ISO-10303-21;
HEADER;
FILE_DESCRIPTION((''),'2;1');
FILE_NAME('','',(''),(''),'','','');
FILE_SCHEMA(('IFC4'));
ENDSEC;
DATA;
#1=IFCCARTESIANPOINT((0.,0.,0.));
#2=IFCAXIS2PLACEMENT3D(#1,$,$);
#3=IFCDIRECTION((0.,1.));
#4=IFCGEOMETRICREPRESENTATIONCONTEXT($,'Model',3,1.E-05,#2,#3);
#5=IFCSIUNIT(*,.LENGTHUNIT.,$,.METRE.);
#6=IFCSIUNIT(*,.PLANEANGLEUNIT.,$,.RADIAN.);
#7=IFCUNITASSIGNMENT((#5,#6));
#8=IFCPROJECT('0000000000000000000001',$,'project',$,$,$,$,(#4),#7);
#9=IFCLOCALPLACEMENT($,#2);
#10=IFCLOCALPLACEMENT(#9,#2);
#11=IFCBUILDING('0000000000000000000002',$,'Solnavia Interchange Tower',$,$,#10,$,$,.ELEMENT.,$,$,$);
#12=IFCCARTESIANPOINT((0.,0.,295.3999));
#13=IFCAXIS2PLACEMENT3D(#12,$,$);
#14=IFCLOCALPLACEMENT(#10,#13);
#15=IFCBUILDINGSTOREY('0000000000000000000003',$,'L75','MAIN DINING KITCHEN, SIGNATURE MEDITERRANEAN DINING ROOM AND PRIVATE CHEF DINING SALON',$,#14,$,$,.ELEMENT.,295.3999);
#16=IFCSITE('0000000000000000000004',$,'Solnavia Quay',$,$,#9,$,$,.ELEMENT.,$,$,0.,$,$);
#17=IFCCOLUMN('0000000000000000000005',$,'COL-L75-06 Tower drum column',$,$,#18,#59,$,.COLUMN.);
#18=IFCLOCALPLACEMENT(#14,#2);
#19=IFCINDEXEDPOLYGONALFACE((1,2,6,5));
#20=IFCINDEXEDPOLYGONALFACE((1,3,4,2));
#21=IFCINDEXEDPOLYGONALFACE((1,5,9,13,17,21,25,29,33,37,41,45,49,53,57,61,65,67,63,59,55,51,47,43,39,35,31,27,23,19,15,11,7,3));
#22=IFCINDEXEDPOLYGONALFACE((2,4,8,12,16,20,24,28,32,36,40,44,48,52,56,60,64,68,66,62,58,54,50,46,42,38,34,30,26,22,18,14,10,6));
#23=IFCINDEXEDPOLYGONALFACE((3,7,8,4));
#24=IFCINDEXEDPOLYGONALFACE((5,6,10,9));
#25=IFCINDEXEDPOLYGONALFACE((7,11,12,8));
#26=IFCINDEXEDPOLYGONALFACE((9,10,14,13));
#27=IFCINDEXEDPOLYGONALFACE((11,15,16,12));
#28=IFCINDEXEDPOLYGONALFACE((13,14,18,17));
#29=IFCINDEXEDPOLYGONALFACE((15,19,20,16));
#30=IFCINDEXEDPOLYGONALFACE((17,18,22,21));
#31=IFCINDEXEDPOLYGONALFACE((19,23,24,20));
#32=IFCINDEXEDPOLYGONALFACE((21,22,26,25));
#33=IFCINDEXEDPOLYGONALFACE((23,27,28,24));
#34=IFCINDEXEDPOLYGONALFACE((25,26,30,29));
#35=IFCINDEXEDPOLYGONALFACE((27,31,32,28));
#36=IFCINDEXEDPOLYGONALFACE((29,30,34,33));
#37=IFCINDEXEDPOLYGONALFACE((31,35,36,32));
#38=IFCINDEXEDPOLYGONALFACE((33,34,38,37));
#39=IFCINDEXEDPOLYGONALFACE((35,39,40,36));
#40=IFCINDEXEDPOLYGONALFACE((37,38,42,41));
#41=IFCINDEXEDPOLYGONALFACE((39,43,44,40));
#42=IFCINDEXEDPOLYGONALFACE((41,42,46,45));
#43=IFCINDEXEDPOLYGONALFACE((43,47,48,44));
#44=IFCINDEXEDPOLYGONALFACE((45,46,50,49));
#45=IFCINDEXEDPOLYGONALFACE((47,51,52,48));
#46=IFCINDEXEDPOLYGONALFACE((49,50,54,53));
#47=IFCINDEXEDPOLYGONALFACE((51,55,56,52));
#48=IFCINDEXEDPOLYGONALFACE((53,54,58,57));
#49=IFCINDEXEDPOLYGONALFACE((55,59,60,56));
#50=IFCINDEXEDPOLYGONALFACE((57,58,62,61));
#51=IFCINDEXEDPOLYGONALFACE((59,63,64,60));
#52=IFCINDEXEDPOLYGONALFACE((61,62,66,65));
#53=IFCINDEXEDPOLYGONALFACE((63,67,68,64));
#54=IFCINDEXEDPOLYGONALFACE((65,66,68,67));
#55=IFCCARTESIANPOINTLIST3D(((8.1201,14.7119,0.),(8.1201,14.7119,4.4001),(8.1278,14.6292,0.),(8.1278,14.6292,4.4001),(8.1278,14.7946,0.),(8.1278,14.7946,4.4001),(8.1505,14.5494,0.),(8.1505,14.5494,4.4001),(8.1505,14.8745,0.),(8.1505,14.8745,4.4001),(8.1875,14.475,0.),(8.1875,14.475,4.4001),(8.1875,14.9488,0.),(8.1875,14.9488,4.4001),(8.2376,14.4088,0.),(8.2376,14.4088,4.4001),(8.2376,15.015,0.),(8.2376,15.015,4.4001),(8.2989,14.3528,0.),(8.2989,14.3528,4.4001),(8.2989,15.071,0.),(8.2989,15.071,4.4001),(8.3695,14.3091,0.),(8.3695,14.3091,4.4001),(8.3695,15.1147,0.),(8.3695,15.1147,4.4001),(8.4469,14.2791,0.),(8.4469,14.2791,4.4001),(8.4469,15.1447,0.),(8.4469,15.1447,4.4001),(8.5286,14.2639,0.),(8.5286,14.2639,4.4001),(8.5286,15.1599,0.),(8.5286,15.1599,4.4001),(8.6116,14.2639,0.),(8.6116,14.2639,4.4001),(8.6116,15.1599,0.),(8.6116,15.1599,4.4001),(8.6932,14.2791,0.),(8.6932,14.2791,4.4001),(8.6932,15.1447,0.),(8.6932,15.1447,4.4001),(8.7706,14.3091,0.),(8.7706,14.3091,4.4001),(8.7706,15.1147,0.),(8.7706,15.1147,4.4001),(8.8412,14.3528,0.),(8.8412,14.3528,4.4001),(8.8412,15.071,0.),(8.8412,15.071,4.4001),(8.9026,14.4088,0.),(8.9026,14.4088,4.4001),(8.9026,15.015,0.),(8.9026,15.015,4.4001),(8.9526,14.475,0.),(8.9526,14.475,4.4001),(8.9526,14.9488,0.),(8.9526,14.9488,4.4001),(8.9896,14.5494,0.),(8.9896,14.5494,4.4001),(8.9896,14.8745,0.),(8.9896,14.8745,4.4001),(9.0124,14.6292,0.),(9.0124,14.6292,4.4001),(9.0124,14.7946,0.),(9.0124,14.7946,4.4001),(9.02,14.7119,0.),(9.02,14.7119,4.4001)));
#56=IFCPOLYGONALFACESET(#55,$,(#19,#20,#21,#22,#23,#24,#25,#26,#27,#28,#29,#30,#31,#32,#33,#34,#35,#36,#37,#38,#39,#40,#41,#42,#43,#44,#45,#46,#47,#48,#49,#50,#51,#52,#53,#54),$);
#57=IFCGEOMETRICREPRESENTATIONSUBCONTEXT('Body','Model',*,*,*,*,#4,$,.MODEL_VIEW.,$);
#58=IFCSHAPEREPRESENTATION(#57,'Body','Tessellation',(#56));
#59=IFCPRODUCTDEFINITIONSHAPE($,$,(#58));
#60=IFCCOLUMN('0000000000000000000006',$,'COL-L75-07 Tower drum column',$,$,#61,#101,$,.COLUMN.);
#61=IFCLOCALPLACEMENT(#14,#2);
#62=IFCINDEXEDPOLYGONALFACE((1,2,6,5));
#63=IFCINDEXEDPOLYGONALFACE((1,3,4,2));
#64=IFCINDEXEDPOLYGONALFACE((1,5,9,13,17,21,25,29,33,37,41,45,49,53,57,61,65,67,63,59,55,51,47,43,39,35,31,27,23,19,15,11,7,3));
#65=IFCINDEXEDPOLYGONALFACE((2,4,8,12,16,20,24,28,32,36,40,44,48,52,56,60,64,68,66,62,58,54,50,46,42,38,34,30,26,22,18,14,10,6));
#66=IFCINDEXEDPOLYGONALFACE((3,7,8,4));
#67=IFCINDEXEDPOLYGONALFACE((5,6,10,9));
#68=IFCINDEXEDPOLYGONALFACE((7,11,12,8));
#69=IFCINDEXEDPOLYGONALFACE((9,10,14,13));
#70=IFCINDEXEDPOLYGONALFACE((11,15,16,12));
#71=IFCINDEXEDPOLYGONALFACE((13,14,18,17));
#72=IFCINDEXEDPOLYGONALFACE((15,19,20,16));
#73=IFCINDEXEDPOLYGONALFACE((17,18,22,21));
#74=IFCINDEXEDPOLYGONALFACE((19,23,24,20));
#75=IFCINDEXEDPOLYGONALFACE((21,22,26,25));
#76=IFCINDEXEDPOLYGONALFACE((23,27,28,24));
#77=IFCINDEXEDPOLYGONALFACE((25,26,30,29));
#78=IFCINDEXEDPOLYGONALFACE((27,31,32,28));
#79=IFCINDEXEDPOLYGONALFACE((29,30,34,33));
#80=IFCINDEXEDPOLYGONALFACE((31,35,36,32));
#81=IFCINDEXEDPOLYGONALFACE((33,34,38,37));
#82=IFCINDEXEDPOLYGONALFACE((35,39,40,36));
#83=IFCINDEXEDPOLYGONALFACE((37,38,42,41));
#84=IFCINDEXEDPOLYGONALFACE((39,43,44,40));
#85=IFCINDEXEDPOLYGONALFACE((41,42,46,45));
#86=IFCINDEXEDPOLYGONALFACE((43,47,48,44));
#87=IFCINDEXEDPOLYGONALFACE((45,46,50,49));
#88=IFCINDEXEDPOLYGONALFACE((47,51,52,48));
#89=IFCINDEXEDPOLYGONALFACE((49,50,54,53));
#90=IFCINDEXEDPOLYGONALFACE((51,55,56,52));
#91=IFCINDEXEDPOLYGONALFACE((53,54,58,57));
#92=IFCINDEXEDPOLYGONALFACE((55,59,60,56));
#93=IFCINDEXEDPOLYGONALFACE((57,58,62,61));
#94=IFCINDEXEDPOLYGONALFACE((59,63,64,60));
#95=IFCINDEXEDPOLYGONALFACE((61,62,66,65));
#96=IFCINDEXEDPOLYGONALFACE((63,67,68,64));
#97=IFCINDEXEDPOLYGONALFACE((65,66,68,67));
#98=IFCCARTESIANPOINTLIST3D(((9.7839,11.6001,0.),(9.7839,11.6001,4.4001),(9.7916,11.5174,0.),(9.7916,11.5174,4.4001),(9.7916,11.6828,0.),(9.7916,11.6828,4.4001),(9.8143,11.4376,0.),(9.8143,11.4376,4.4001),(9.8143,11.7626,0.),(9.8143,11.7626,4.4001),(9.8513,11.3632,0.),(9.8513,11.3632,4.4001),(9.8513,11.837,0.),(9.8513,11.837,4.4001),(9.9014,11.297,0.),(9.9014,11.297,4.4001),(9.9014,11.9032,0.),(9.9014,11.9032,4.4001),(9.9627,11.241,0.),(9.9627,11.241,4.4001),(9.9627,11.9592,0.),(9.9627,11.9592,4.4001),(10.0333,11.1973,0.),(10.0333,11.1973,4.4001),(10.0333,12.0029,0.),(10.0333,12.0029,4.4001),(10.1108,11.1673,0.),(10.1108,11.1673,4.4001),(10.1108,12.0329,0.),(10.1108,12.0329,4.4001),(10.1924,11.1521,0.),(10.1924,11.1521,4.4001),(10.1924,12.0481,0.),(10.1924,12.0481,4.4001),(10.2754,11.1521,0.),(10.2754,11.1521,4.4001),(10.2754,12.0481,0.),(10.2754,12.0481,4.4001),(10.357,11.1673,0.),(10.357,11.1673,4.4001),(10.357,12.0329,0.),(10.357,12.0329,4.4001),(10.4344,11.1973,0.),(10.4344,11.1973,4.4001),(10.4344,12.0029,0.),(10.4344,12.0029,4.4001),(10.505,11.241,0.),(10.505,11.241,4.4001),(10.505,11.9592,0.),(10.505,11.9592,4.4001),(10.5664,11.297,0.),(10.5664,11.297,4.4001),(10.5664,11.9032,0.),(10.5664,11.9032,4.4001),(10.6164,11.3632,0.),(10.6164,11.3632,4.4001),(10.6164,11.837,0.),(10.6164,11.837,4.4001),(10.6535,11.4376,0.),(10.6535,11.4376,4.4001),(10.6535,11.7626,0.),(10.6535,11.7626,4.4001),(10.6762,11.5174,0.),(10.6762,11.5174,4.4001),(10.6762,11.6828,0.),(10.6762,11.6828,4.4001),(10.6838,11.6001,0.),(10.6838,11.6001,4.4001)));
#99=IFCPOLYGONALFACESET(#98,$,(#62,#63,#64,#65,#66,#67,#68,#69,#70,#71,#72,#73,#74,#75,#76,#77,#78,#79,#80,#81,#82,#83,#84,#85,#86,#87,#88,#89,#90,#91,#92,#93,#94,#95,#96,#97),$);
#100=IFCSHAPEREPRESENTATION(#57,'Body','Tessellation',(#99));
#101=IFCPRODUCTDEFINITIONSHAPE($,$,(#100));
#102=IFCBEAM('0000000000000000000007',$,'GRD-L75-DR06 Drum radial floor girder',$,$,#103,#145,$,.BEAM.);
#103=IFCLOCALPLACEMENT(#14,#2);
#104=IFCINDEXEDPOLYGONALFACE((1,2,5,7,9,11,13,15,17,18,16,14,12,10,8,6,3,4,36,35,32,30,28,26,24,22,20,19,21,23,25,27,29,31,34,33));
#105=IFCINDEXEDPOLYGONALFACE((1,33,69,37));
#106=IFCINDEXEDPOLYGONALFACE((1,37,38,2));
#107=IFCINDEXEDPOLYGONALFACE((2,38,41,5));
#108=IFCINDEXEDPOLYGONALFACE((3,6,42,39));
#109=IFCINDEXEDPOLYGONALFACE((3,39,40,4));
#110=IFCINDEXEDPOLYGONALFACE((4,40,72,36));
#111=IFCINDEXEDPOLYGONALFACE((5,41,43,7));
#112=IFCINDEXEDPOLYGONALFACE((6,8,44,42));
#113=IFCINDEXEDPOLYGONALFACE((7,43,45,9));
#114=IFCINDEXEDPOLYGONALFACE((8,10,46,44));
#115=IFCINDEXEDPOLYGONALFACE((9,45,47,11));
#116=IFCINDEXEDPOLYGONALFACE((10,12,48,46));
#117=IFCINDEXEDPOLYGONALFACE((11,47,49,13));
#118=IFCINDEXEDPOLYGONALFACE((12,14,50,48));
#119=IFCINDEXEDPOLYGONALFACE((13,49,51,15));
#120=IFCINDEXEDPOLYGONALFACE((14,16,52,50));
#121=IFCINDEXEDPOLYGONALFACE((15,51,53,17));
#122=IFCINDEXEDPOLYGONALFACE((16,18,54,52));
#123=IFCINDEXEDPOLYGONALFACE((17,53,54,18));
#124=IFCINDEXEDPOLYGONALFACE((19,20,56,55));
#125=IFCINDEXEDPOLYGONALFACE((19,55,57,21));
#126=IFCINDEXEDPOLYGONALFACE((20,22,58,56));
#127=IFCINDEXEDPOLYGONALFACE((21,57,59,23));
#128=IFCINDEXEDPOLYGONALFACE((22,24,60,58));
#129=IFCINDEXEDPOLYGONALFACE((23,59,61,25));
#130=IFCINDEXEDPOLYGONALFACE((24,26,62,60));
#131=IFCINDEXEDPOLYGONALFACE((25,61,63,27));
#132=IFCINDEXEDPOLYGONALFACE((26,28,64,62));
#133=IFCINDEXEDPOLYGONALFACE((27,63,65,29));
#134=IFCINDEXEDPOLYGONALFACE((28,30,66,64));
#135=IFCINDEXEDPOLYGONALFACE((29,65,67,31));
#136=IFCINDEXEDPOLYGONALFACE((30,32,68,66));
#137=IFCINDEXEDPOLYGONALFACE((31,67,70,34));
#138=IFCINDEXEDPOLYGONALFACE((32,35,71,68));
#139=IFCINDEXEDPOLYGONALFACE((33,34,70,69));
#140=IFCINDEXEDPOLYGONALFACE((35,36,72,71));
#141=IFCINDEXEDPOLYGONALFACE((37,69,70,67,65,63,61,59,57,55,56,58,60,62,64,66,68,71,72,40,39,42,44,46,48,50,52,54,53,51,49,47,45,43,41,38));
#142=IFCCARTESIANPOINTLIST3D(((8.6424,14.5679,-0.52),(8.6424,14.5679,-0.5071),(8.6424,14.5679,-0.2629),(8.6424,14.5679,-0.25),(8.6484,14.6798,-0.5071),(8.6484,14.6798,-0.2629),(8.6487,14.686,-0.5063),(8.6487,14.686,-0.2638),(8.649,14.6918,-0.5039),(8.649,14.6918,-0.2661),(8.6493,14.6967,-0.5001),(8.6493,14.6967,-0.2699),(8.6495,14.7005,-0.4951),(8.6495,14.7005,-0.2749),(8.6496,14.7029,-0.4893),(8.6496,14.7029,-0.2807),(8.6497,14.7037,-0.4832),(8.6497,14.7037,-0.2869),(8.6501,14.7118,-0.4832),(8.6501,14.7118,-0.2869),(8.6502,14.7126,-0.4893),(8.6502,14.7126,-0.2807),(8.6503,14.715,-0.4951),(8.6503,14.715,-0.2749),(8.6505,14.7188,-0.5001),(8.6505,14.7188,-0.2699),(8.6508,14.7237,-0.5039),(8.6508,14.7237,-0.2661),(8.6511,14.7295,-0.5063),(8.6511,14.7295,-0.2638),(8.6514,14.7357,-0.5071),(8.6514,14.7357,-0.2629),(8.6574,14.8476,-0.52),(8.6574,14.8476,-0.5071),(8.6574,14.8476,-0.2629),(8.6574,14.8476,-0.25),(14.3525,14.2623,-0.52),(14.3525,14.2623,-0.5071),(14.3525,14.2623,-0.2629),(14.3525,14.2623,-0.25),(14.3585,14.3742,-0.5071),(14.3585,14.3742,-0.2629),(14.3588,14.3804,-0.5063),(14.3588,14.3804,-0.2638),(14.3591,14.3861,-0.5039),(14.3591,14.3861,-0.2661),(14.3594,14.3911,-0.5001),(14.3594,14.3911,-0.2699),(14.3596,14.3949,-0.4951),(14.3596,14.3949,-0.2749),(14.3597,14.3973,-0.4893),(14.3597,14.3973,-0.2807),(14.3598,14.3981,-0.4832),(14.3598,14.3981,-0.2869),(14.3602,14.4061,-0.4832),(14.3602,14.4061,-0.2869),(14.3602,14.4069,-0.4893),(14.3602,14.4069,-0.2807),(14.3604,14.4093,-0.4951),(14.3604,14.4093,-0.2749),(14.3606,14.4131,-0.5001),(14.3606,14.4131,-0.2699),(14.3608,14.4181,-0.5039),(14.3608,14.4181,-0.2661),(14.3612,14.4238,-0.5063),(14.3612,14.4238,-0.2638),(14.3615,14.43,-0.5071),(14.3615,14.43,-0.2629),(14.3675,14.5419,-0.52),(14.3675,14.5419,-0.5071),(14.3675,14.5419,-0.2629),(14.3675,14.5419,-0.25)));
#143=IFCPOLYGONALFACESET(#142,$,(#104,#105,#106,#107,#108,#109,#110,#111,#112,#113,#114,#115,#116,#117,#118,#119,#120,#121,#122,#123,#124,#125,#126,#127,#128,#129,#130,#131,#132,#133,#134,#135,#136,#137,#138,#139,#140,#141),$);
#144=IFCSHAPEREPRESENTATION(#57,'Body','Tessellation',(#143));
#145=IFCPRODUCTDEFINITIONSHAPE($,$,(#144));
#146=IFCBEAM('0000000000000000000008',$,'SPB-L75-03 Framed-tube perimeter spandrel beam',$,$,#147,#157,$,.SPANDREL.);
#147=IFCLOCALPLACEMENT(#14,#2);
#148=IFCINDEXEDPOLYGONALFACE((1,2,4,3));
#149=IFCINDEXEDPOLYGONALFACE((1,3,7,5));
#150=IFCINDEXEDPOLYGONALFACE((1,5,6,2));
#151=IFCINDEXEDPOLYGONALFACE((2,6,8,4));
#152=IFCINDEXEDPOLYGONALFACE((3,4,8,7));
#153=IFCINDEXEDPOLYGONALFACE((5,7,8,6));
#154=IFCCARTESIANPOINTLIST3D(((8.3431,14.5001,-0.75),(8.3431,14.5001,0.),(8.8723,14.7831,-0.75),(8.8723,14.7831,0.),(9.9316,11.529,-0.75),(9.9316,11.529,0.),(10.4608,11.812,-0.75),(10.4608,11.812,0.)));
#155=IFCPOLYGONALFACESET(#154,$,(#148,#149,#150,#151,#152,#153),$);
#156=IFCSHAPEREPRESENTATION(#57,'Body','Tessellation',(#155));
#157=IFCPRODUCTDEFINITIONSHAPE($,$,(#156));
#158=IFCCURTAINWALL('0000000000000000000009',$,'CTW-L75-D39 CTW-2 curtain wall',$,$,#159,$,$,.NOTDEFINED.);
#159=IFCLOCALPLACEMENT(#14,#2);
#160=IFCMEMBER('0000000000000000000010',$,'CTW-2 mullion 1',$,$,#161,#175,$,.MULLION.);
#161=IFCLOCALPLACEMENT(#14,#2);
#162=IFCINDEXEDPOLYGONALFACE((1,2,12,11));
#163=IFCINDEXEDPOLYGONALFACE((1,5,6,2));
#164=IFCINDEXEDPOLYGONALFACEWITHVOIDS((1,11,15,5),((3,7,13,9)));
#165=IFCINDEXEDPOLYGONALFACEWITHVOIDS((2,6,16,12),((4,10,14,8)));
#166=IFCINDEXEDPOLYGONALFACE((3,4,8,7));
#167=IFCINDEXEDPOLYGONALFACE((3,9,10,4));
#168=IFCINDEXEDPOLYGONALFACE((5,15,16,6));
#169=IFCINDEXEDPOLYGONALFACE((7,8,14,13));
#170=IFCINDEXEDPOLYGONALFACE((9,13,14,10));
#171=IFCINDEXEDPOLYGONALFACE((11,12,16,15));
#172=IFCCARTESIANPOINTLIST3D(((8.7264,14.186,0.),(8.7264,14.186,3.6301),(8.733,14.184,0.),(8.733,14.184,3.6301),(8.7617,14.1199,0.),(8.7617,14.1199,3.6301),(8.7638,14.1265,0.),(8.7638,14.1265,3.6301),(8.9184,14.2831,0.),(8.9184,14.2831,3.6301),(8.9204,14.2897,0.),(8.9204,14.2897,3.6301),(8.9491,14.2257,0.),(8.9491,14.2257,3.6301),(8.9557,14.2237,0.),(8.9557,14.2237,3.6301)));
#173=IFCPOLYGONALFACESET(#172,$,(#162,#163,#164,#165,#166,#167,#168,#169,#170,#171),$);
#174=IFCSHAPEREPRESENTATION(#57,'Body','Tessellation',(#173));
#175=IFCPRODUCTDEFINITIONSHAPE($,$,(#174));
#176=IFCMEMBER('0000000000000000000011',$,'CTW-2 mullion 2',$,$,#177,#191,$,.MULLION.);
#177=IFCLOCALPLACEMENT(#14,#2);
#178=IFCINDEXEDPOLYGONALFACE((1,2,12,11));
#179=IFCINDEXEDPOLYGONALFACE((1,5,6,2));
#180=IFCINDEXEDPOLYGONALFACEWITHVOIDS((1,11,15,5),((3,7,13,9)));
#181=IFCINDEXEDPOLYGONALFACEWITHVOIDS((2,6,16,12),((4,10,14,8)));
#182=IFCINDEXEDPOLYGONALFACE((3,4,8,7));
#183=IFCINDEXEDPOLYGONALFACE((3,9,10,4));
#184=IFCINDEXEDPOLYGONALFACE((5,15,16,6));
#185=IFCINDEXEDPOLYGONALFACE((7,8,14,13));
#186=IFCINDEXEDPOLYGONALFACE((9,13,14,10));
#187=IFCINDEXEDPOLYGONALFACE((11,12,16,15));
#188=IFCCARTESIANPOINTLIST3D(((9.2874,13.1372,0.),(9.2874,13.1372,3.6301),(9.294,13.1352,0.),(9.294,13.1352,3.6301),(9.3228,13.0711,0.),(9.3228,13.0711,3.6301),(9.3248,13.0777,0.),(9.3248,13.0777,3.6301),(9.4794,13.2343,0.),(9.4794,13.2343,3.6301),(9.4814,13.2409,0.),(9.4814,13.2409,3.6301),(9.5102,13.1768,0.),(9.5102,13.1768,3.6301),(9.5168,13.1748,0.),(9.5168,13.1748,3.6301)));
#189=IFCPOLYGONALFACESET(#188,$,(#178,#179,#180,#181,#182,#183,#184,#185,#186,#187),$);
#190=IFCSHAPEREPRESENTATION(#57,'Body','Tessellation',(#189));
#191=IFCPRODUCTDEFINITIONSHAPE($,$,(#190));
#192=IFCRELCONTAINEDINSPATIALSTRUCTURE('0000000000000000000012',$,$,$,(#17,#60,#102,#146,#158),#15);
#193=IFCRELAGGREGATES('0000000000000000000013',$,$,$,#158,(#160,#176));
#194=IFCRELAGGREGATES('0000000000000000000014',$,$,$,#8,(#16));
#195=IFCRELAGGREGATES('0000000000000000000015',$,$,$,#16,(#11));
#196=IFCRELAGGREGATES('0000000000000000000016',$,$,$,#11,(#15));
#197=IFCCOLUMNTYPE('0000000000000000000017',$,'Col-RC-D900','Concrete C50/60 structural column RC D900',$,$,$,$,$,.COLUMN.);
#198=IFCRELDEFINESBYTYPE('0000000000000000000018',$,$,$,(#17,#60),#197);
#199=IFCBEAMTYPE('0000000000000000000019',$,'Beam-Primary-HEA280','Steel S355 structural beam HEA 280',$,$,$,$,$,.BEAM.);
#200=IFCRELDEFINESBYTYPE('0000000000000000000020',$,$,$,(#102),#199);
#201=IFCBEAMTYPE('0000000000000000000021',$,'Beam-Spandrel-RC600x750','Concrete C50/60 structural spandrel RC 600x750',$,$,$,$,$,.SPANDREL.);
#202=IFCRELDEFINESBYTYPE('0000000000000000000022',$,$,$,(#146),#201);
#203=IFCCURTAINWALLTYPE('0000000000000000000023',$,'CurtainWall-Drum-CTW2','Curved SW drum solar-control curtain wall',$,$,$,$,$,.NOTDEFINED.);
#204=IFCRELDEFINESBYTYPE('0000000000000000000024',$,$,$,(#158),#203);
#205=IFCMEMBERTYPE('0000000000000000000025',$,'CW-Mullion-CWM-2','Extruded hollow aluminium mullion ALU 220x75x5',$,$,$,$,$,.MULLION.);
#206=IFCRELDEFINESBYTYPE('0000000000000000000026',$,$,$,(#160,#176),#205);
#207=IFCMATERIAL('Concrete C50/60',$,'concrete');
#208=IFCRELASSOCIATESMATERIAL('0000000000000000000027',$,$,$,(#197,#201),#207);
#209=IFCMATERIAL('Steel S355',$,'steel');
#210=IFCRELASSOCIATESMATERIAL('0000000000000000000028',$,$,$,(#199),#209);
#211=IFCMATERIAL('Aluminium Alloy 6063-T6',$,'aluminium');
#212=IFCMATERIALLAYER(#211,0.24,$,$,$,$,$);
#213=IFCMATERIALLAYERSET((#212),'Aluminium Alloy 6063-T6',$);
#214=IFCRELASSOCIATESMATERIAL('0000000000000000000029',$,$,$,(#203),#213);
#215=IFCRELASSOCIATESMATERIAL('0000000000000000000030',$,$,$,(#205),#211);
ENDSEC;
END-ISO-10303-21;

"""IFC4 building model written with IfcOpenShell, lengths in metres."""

from ifc_helpers import new_model, si_unit, direction, frame, origin, origin_2d, place, context, subcontext, project, spatial, rectangle, hollow_rectangle, circle, i_section, extrude, material, layer, layer_set, material_profile, profile_set, type_object, element, aggregate, save


model = new_model("IFC4")

# Units and contexts
model_context = context("Model", 3, precision=1e-05, world=origin(), true_north=direction((0.0, 1.0)))
body_context = subcontext(model_context, "Body", "Model", "MODEL_VIEW")
ifc_project = project(units=[si_unit("LENGTHUNIT", "METRE"), si_unit("PLANEANGLEUNIT", "RADIAN")], contexts=[model_context])

# Site, building, storey
site_placement = place(None, origin())
site = spatial("IfcSite", under=ifc_project, at=site_placement, Name="Solnavia Quay", CompositionType="ELEMENT", RefElevation=0.0)
building_placement = place(site_placement, origin())
building = spatial("IfcBuilding", under=site, at=building_placement, Name="Solnavia Interchange Tower", CompositionType="ELEMENT")
storey_placement = place(building_placement, frame((0.0, 0.0, 295.3999)))
storey = spatial("IfcBuildingStorey", under=building, at=storey_placement, Name="L75", Description="MAIN DINING KITCHEN, SIGNATURE MEDITERRANEAN DINING ROOM AND PRIVATE CHEF DINING SALON", CompositionType="ELEMENT", Elevation=295.3999)

# Columns
ifc_material_1 = material(Name="Concrete C50/60", Category="concrete")
ifc_material_profile_1 = material_profile(ifc_material_1, circle(Radius=0.45, at=origin_2d()), Name="RC D900")
ifc_profile_set_1 = profile_set([ifc_material_profile_1], Name="Concrete C50/60")
column_type = type_object("IfcColumnType", Name="Col-RC-D900", Description="Concrete C50/60 structural column RC D900", PredefinedType="COLUMN", material=ifc_profile_set_1)
for number, where, z_axis, x_axis, name in (
    (1, (8.5701, 14.7119, 0.0), (0.0, 0.0, 1.0), (1.0, 0.0, 0.0), "COL-L75-06 Tower drum column"),
    (2, (10.2339, 11.6001, 0.0), (0.0, 0.0, 1.0), (1.0, 0.0, 0.0), "COL-L75-07 Tower drum column"),
):
    element("IfcColumn", number, at=place(storey_placement, frame(where, z_axis=z_axis, x_axis=x_axis)), inside=storey, type_object=column_type, Name=name, PredefinedType="COLUMN", context=body_context, shape_type="SweptSolid", body=[
        extrude(circle(Radius=0.45, at=origin_2d()), origin(), (0.0, 0.0, 1.0), 4.4001),
    ])

# Beams
ifc_material_2 = material(Name="Steel S355", Category="steel")
ifc_material_profile_2 = material_profile(ifc_material_2, i_section(OverallWidth=0.28, OverallDepth=0.27, WebThickness=0.0081, FlangeThickness=0.0129, FilletRadius=0.0239, at=origin_2d()), Name="HEA 280")
ifc_profile_set_2 = profile_set([ifc_material_profile_2], Name="Steel S355")
beam_type_1 = type_object("IfcBeamType", Name="Beam-Primary-HEA280", Description="Steel S355 structural beam HEA 280", PredefinedType="BEAM", material=ifc_profile_set_2)
beam_1_placement = place(storey_placement, frame((8.6499, 14.7078, -0.385), z_axis=(0.99857, -0.053453, 0.0), x_axis=(0.053453, 0.99857, 0.0)))
element("IfcBeam", 3, at=beam_1_placement, inside=storey, type_object=beam_type_1, Name="GRD-L75-DR06 Drum radial floor girder", PredefinedType="BEAM", context=body_context, shape_type="SweptSolid", body=[
    extrude(i_section(OverallWidth=0.28, OverallDepth=0.27, WebThickness=0.0081, FlangeThickness=0.0129, FilletRadius=0.0239, at=origin_2d()), origin(), (0.0, 0.0, 1.0), 5.7183),
])
ifc_material_profile_3 = material_profile(ifc_material_1, rectangle(XDim=0.6001, YDim=0.75, at=origin_2d()), Name="RC 600x750")
ifc_profile_set_3 = profile_set([ifc_material_profile_3], Name="Concrete C50/60")
beam_type_2 = type_object("IfcBeamType", Name="Beam-Spandrel-RC600x750", Description="Concrete C50/60 structural spandrel RC 600x750", PredefinedType="SPANDREL", material=ifc_profile_set_3)
beam_2_placement = place(storey_placement, frame((8.6077, 14.6416, -0.375), z_axis=(0.471509, -0.881861, 0.0), x_axis=(0.881861, 0.471509, 0.0)))
element("IfcBeam", 4, at=beam_2_placement, inside=storey, type_object=beam_type_2, Name="SPB-L75-03 Framed-tube perimeter spandrel beam", PredefinedType="SPANDREL", context=body_context, shape_type="SweptSolid", body=[
    extrude(rectangle(XDim=0.6001, YDim=0.75, at=origin_2d()), origin(), (0.0, 0.0, 1.0), 3.3691),
])

# Curtain wall, members
ifc_material_3 = material(Name="Aluminium Alloy 6063-T6", Category="aluminium")
ifc_layer_1 = layer(ifc_material_3, 0.24)
ifc_layer_set_1 = layer_set([ifc_layer_1], Name="Aluminium Alloy 6063-T6")
curtain_wall_type_1 = type_object("IfcCurtainWallType", Name="CurtainWall-Drum-CTW2", Description="Curved SW drum solar-control curtain wall", PredefinedType="NOTDEFINED", material=ifc_layer_set_1)
curtain_wall_1_placement = place(storey_placement, origin())
curtain_wall_1 = element("IfcCurtainWall", 5, at=curtain_wall_1_placement, inside=storey, type_object=curtain_wall_type_1, Name="CTW-L75-D39 CTW-2 curtain wall", PredefinedType="NOTDEFINED")
ifc_material_profile_4 = material_profile(ifc_material_3, hollow_rectangle(XDim=0.075, YDim=0.22, WallThickness=0.0049, at=origin_2d()), Name="ALU 220x75x5")
ifc_profile_set_4 = profile_set([ifc_material_profile_4], Name="Aluminium Alloy 6063-T6")
member_type_1 = type_object("IfcMemberType", Name="CW-Mullion-CWM-2", Description="Extruded hollow aluminium mullion ALU 220x75x5", PredefinedType="MULLION", material=ifc_profile_set_4)
member_1_placement = place(storey_placement, frame((8.8411, 14.2048, 0.0), z_axis=(0.0, 0.0, 1.0), x_axis=(0.471561, -0.881834, 0.0)))
member_1 = element("IfcMember", 6, at=member_1_placement, type_object=member_type_1, Name="CTW-2 mullion 1", PredefinedType="MULLION", context=body_context, shape_type="SweptSolid", body=[
    extrude(hollow_rectangle(XDim=0.075, YDim=0.22, WallThickness=0.0049, at=origin_2d()), origin(), (0.0, 0.0, 1.0), 3.6301),
])
member_2_placement = place(storey_placement, frame((9.4021, 13.156, 0.0), z_axis=(0.0, 0.0, 1.0), x_axis=(0.471561, -0.881834, 0.0)))
member_2 = element("IfcMember", 7, at=member_2_placement, type_object=member_type_1, Name="CTW-2 mullion 2", PredefinedType="MULLION", context=body_context, shape_type="SweptSolid", body=[
    extrude(hollow_rectangle(XDim=0.075, YDim=0.22, WallThickness=0.0049, at=origin_2d()), origin(), (0.0, 0.0, 1.0), 3.6301),
])

aggregate(curtain_wall_1, [member_1, member_2])

save(model, "model.ifc")
